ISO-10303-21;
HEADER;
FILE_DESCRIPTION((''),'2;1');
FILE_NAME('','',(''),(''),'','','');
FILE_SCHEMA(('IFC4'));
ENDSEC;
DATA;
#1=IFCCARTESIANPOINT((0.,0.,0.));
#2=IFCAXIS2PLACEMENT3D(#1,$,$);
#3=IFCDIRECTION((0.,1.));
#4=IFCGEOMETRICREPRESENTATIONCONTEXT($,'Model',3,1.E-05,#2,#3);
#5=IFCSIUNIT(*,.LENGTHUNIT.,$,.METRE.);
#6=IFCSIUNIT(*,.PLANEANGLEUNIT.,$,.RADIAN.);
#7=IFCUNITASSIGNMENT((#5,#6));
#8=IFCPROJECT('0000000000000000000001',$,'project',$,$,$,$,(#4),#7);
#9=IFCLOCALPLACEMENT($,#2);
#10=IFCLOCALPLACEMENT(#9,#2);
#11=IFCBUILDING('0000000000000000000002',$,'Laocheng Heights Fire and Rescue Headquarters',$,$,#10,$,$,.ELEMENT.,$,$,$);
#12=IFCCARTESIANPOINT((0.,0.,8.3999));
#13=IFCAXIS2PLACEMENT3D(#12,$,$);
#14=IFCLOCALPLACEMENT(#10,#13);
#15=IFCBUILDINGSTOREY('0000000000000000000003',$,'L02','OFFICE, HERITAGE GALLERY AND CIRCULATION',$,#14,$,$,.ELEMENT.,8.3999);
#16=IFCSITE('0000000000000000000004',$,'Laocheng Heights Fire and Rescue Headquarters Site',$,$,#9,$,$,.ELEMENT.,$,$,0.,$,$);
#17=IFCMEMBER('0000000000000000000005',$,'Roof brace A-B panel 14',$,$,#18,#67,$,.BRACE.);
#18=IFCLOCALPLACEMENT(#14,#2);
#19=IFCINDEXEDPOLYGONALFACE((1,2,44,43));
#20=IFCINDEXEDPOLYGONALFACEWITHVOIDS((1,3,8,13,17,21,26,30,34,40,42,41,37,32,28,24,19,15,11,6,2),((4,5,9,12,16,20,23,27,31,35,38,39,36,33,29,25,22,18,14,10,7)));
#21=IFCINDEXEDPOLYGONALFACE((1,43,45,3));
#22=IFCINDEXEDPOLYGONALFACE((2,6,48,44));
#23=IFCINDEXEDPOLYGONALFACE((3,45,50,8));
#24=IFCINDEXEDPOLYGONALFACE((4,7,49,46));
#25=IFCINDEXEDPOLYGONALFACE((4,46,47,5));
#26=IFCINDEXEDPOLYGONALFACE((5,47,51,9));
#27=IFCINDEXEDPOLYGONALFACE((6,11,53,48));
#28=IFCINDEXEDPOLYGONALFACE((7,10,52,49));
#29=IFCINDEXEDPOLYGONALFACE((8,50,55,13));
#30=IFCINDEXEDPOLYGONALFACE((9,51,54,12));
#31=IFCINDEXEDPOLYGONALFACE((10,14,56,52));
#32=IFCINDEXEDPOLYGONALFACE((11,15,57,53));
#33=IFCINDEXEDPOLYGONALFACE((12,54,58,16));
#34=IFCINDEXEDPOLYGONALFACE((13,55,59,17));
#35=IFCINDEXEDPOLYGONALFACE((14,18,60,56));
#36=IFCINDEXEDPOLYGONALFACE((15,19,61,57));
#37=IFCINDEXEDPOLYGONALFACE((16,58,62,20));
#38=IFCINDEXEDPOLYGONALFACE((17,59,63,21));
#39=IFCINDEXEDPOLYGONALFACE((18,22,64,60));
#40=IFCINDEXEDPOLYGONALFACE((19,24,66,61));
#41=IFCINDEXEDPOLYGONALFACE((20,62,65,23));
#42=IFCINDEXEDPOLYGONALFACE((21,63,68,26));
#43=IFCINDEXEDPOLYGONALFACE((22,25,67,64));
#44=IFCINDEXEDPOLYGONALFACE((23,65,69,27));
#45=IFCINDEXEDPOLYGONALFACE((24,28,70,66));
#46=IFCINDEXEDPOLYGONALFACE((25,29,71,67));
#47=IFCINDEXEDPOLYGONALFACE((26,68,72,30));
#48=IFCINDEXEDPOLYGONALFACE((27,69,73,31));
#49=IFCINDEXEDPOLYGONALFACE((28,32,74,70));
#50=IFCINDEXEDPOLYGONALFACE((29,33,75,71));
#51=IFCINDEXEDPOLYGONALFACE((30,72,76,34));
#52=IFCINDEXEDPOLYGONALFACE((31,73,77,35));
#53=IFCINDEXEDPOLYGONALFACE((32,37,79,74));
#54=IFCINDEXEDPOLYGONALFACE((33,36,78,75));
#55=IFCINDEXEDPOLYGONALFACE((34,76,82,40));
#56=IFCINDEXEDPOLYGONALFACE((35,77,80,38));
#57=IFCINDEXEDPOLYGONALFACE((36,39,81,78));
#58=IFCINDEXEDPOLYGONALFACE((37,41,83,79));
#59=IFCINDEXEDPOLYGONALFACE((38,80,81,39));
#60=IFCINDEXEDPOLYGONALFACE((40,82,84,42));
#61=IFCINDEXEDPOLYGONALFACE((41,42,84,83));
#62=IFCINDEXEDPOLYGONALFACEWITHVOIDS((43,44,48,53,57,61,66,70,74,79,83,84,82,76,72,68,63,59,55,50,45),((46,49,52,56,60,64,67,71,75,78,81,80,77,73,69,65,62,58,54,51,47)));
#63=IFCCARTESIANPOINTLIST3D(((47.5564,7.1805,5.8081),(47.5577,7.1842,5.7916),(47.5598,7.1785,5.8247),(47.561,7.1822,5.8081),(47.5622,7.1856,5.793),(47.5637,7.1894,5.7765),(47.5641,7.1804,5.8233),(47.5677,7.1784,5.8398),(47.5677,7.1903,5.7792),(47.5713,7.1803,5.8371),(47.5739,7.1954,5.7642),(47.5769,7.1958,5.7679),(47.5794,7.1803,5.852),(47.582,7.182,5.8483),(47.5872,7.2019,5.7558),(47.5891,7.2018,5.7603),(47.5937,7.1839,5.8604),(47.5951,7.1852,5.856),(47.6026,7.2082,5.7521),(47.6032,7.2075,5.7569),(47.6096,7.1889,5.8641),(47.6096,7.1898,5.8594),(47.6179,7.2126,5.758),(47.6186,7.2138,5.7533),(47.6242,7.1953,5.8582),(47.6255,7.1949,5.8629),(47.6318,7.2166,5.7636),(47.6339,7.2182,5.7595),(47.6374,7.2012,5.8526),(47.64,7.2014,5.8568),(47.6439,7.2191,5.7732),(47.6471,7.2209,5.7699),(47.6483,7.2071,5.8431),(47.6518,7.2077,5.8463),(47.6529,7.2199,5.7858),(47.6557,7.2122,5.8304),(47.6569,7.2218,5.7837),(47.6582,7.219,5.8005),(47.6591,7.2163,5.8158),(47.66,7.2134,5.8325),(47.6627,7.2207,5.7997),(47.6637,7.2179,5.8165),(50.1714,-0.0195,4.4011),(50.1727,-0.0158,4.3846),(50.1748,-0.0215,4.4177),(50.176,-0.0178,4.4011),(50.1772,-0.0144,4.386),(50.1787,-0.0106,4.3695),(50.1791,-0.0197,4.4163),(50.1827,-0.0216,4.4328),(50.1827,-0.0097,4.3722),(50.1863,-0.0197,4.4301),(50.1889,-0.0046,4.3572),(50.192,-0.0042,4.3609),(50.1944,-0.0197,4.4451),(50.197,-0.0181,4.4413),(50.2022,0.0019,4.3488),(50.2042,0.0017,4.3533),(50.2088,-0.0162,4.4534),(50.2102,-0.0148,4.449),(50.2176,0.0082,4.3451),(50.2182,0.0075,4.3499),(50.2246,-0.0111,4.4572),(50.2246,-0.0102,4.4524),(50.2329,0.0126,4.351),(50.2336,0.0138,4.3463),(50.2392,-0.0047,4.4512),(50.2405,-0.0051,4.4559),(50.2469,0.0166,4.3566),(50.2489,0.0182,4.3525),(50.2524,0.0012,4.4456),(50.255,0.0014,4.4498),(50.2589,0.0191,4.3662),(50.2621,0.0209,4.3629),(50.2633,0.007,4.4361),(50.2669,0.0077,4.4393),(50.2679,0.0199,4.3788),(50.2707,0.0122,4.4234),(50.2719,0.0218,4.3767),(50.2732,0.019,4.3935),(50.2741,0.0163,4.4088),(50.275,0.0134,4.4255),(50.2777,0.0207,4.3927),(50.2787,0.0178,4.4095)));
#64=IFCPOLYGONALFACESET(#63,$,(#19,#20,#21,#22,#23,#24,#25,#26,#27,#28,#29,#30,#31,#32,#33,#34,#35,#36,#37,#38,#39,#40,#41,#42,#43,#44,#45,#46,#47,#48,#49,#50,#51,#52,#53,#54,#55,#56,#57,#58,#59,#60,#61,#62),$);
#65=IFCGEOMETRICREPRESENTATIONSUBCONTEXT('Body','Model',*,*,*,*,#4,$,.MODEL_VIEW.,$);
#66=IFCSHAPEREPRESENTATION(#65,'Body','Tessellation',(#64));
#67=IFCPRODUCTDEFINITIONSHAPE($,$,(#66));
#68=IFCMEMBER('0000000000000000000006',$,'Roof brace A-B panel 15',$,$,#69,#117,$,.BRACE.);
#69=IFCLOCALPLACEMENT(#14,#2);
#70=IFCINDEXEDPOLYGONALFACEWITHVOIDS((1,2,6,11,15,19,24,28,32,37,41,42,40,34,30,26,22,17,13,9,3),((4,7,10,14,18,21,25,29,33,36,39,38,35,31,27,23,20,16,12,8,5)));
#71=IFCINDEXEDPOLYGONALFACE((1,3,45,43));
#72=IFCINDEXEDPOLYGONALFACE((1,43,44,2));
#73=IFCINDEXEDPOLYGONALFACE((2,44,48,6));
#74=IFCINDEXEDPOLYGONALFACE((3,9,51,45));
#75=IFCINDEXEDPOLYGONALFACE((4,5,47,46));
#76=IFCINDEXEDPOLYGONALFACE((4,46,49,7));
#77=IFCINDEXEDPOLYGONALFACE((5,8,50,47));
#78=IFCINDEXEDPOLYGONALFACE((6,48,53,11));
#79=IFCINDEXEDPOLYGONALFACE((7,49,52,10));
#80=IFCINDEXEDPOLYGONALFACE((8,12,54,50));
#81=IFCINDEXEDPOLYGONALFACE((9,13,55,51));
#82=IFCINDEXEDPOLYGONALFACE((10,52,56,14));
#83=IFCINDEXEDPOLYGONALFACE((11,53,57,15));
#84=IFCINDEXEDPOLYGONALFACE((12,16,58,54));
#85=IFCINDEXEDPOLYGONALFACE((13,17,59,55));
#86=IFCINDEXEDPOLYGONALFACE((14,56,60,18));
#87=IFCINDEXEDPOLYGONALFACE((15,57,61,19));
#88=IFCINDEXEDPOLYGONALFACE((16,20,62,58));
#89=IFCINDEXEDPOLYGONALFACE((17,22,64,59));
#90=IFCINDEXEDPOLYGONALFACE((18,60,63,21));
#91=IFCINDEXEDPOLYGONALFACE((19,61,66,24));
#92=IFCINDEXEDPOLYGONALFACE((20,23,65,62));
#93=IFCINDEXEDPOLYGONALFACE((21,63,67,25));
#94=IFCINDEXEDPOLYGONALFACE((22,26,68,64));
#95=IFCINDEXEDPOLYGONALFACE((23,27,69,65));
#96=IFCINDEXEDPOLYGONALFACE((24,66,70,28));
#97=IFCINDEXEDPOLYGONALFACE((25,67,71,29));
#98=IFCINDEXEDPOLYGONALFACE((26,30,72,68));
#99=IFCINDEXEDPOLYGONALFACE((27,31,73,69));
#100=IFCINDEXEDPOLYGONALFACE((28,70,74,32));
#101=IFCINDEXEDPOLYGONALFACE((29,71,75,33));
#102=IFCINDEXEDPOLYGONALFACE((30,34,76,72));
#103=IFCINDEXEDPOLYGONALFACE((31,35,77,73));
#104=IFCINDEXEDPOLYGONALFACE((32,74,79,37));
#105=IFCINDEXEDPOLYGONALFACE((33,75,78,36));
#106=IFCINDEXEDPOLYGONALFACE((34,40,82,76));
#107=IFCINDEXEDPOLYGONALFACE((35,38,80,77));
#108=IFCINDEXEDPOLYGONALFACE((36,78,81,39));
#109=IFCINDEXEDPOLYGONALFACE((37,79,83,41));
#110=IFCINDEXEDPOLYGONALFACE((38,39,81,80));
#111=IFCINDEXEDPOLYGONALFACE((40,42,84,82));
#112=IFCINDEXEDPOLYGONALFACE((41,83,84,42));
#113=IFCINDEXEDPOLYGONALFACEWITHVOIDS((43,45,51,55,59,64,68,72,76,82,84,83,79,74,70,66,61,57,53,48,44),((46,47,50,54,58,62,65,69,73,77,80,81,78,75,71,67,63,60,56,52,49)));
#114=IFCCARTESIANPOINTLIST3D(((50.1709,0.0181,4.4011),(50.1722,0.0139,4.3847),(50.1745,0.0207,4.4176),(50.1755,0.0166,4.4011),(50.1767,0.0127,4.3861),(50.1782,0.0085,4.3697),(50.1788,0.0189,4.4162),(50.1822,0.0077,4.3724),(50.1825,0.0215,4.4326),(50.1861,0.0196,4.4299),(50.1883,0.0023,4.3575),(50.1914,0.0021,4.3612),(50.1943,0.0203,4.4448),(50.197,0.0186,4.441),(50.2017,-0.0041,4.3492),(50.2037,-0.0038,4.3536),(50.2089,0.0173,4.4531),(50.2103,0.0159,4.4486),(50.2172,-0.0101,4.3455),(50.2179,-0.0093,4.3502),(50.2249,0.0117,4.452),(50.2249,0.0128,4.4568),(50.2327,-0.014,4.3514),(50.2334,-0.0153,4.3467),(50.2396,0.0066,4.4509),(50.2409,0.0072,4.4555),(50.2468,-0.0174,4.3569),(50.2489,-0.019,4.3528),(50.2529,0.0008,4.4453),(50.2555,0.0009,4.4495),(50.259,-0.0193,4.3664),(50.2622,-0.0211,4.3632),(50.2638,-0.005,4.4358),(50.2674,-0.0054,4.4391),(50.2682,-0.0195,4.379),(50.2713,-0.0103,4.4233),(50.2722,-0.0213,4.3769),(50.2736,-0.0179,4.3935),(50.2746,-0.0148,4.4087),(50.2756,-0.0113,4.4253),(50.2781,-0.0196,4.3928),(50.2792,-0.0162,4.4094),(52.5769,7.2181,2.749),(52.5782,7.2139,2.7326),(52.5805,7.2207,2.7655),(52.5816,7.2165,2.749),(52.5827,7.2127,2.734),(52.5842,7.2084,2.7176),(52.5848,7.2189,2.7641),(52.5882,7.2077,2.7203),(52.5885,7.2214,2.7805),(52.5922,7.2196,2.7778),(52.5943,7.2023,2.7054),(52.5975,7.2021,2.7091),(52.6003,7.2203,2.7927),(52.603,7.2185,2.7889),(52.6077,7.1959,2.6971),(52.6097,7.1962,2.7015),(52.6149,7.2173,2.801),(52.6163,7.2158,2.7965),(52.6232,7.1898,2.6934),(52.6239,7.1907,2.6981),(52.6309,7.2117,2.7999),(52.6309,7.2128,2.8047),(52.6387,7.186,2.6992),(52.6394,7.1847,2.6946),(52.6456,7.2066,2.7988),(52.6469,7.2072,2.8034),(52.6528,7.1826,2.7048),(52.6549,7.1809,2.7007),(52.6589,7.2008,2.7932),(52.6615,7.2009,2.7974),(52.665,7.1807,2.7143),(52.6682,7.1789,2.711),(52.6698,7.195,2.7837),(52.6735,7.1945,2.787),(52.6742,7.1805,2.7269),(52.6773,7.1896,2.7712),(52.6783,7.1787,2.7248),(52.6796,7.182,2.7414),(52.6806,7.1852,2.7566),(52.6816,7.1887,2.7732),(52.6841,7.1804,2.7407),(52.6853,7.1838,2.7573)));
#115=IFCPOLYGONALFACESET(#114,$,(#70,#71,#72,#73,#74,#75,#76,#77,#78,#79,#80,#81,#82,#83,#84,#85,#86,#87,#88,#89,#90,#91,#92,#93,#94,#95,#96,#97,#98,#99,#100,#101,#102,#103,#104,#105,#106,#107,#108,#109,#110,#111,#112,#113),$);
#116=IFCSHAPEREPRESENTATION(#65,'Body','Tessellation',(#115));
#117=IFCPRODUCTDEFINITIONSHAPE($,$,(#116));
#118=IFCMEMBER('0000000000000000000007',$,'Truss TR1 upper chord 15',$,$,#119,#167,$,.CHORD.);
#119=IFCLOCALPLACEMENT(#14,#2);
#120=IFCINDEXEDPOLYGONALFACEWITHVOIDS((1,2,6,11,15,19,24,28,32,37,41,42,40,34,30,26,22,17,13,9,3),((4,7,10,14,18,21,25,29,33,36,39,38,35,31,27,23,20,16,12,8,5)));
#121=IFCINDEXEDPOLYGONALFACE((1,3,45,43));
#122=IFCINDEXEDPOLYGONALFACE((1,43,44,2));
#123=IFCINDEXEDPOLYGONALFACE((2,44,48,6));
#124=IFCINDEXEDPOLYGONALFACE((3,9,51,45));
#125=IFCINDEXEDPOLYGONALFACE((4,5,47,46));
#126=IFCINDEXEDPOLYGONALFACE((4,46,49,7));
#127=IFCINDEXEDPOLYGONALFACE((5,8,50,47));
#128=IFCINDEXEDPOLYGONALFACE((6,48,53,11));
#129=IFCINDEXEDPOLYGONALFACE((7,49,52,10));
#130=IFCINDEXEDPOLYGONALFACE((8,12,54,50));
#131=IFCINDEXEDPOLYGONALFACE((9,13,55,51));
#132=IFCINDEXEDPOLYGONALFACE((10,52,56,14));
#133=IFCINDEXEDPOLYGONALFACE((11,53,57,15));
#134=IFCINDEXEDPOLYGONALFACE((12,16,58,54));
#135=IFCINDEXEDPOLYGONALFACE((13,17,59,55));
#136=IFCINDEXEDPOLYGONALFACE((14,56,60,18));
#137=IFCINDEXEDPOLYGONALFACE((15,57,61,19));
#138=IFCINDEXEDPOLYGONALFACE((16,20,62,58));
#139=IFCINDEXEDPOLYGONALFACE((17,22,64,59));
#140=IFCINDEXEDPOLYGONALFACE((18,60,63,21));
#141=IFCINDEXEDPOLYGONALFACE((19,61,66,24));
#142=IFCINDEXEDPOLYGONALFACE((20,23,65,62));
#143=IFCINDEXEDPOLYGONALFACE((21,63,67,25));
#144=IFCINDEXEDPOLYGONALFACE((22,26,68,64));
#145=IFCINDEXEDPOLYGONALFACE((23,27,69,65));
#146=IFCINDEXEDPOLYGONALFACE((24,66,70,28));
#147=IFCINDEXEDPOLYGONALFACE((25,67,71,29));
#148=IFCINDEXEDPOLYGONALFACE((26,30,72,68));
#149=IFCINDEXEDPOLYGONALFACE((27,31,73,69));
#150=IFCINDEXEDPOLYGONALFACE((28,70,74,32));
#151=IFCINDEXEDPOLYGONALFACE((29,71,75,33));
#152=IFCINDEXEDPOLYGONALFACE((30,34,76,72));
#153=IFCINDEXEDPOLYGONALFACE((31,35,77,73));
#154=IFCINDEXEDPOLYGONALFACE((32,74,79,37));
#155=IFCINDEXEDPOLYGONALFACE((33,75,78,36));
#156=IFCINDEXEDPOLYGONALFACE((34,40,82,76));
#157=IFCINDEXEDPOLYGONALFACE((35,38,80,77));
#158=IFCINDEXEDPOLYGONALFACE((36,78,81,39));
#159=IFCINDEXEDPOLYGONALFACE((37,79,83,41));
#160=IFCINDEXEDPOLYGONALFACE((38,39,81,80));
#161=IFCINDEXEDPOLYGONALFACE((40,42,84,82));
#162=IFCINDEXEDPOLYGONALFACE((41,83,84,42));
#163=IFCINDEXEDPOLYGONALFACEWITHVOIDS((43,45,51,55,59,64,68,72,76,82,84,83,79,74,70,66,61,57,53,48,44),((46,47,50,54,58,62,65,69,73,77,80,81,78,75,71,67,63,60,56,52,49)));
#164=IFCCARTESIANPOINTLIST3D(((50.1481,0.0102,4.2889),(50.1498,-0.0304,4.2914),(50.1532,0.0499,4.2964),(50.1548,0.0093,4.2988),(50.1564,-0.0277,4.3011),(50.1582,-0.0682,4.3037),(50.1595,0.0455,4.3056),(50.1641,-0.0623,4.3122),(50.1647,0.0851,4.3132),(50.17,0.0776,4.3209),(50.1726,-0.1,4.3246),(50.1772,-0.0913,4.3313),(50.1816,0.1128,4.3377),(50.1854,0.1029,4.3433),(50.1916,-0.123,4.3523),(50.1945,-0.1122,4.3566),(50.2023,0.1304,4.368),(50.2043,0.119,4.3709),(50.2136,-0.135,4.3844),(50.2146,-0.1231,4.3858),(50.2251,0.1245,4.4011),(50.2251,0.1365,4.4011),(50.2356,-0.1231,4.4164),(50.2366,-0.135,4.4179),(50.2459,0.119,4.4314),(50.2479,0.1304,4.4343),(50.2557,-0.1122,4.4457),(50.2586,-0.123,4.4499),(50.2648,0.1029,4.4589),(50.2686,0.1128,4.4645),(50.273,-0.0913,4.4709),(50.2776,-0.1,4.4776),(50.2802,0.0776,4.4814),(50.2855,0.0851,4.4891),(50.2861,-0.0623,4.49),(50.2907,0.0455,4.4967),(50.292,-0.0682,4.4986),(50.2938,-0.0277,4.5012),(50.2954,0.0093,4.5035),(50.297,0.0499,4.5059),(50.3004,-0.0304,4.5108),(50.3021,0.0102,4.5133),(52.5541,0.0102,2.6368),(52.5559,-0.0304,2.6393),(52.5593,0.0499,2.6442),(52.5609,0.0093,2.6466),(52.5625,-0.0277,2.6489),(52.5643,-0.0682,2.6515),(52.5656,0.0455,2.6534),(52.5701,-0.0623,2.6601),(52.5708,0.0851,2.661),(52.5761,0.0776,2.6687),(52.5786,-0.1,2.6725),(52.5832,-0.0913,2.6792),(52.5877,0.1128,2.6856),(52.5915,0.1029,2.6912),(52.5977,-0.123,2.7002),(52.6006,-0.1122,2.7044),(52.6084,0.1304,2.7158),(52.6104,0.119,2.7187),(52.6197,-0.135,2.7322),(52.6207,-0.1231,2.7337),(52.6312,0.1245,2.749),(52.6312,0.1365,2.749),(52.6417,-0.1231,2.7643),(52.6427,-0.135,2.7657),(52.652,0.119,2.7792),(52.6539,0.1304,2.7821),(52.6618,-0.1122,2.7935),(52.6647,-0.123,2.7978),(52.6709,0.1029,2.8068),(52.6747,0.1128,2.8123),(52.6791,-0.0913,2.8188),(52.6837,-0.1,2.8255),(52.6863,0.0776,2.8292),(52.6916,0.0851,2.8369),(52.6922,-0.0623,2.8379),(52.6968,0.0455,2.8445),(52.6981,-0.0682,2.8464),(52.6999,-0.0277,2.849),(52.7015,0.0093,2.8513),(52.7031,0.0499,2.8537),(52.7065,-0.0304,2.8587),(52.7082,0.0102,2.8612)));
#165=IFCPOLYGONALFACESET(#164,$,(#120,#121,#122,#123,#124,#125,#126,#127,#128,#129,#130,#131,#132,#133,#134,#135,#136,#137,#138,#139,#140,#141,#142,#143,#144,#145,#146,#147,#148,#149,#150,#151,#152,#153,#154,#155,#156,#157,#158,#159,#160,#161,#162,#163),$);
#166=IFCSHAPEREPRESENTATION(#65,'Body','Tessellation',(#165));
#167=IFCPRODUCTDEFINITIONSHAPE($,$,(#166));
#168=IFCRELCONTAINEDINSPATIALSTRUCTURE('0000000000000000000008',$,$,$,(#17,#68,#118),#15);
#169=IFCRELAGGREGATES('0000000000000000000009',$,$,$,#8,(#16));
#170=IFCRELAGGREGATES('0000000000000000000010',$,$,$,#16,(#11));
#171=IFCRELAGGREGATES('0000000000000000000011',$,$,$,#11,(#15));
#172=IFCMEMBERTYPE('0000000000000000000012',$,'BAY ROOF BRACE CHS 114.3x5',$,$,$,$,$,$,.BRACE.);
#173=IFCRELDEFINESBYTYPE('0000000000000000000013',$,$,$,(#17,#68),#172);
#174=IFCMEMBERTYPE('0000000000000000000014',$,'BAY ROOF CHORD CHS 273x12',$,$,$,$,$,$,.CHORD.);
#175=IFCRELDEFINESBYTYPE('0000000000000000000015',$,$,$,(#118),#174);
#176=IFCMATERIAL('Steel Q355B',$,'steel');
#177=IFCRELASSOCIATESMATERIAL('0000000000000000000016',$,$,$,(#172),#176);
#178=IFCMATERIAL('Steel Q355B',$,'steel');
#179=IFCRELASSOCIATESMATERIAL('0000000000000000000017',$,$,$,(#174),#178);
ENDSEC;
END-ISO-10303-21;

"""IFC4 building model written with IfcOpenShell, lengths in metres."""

from ifc_helpers import new_model, si_unit, direction, frame, origin, origin_2d, place, context, subcontext, project, spatial, hollow_circle, extrude, material, material_profile, profile_set, type_object, element, save


model = new_model("IFC4")

# Units and contexts
model_context = context("Model", 3, precision=1e-05, world=origin(), true_north=direction((0.0, 1.0)))
body_context = subcontext(model_context, "Body", "Model", "MODEL_VIEW")
ifc_project = project(units=[si_unit("LENGTHUNIT", "METRE"), si_unit("PLANEANGLEUNIT", "RADIAN")], contexts=[model_context])

# Site, building, storey
site_placement = place(None, origin())
site = spatial("IfcSite", under=ifc_project, at=site_placement, Name="Laocheng Heights Fire and Rescue Headquarters Site", CompositionType="ELEMENT", RefElevation=0.0)
building_placement = place(site_placement, origin())
building = spatial("IfcBuilding", under=site, at=building_placement, Name="Laocheng Heights Fire and Rescue Headquarters", CompositionType="ELEMENT")
storey_placement = place(building_placement, frame((0.0, 0.0, 8.3999)))
storey = spatial("IfcBuildingStorey", under=building, at=storey_placement, Name="L02", Description="OFFICE, HERITAGE GALLERY AND CIRCULATION", CompositionType="ELEMENT", Elevation=8.3999)

# Members
ifc_material_1 = material(Name="Steel Q355B", Category="steel")
ifc_material_profile_1 = material_profile(ifc_material_1, hollow_circle(Radius=0.0571, WallThickness=0.0049, at=origin_2d()), Name="CHS 114.3x5")
ifc_profile_set_1 = profile_set([ifc_material_profile_1], Name="Steel Q355B")
member_type_1 = type_object("IfcMemberType", Name="BAY ROOF BRACE CHS 114.3x5", PredefinedType="BRACE", material=ifc_profile_set_1)
member_1_placement = place(storey_placement, frame((50.2251, 0.0, 4.4011), z_axis=(-0.33576, 0.924462, 0.180654), x_axis=(-0.939926, -0.341377, 0.0)))
element("IfcMember", 1, at=member_1_placement, inside=storey, type_object=member_type_1, Name="Roof brace A-B panel 14", PredefinedType="BRACE", context=body_context, shape_type="SweptSolid", body=[
    extrude(hollow_circle(Radius=0.0571, WallThickness=0.0049, at=origin_2d()), origin(), (0.0, 0.0, 1.0), 7.7883),
])
member_2_placement = place(storey_placement, frame((50.2251, 0.0, 4.4011), z_axis=(0.309693, 0.926752, -0.212652), x_axis=(-0.948445, 0.316942, 0.0)))
element("IfcMember", 2, at=member_2_placement, inside=storey, type_object=member_type_1, Name="Roof brace A-B panel 15", PredefinedType="BRACE", context=body_context, shape_type="SweptSolid", body=[
    extrude(hollow_circle(Radius=0.0571, WallThickness=0.0049, at=origin_2d()), origin(), (0.0, 0.0, 1.0), 7.769),
])
ifc_material_2 = material(Name="Steel Q355B", Category="steel")
ifc_material_profile_2 = material_profile(ifc_material_2, hollow_circle(Radius=0.1365, WallThickness=0.012, at=origin_2d()), Name="CHS 273x12")
ifc_profile_set_2 = profile_set([ifc_material_profile_2], Name="Steel Q355B")
member_type_2 = type_object("IfcMemberType", Name="BAY ROOF CHORD CHS 273x12", PredefinedType="CHORD", material=ifc_profile_set_2)
member_3_placement = place(storey_placement, frame((50.2251, 0.0, 4.4011), z_axis=(0.824366, 0.0, -0.566057), x_axis=(0.0, 1.0, 0.0)))
element("IfcMember", 3, at=member_3_placement, inside=storey, type_object=member_type_2, Name="Truss TR1 upper chord 15", PredefinedType="CHORD", context=body_context, shape_type="SweptSolid", body=[
    extrude(hollow_circle(Radius=0.1365, WallThickness=0.012, at=origin_2d()), origin(), (0.0, 0.0, 1.0), 2.9187),
])

save(model, "model.ifc")
